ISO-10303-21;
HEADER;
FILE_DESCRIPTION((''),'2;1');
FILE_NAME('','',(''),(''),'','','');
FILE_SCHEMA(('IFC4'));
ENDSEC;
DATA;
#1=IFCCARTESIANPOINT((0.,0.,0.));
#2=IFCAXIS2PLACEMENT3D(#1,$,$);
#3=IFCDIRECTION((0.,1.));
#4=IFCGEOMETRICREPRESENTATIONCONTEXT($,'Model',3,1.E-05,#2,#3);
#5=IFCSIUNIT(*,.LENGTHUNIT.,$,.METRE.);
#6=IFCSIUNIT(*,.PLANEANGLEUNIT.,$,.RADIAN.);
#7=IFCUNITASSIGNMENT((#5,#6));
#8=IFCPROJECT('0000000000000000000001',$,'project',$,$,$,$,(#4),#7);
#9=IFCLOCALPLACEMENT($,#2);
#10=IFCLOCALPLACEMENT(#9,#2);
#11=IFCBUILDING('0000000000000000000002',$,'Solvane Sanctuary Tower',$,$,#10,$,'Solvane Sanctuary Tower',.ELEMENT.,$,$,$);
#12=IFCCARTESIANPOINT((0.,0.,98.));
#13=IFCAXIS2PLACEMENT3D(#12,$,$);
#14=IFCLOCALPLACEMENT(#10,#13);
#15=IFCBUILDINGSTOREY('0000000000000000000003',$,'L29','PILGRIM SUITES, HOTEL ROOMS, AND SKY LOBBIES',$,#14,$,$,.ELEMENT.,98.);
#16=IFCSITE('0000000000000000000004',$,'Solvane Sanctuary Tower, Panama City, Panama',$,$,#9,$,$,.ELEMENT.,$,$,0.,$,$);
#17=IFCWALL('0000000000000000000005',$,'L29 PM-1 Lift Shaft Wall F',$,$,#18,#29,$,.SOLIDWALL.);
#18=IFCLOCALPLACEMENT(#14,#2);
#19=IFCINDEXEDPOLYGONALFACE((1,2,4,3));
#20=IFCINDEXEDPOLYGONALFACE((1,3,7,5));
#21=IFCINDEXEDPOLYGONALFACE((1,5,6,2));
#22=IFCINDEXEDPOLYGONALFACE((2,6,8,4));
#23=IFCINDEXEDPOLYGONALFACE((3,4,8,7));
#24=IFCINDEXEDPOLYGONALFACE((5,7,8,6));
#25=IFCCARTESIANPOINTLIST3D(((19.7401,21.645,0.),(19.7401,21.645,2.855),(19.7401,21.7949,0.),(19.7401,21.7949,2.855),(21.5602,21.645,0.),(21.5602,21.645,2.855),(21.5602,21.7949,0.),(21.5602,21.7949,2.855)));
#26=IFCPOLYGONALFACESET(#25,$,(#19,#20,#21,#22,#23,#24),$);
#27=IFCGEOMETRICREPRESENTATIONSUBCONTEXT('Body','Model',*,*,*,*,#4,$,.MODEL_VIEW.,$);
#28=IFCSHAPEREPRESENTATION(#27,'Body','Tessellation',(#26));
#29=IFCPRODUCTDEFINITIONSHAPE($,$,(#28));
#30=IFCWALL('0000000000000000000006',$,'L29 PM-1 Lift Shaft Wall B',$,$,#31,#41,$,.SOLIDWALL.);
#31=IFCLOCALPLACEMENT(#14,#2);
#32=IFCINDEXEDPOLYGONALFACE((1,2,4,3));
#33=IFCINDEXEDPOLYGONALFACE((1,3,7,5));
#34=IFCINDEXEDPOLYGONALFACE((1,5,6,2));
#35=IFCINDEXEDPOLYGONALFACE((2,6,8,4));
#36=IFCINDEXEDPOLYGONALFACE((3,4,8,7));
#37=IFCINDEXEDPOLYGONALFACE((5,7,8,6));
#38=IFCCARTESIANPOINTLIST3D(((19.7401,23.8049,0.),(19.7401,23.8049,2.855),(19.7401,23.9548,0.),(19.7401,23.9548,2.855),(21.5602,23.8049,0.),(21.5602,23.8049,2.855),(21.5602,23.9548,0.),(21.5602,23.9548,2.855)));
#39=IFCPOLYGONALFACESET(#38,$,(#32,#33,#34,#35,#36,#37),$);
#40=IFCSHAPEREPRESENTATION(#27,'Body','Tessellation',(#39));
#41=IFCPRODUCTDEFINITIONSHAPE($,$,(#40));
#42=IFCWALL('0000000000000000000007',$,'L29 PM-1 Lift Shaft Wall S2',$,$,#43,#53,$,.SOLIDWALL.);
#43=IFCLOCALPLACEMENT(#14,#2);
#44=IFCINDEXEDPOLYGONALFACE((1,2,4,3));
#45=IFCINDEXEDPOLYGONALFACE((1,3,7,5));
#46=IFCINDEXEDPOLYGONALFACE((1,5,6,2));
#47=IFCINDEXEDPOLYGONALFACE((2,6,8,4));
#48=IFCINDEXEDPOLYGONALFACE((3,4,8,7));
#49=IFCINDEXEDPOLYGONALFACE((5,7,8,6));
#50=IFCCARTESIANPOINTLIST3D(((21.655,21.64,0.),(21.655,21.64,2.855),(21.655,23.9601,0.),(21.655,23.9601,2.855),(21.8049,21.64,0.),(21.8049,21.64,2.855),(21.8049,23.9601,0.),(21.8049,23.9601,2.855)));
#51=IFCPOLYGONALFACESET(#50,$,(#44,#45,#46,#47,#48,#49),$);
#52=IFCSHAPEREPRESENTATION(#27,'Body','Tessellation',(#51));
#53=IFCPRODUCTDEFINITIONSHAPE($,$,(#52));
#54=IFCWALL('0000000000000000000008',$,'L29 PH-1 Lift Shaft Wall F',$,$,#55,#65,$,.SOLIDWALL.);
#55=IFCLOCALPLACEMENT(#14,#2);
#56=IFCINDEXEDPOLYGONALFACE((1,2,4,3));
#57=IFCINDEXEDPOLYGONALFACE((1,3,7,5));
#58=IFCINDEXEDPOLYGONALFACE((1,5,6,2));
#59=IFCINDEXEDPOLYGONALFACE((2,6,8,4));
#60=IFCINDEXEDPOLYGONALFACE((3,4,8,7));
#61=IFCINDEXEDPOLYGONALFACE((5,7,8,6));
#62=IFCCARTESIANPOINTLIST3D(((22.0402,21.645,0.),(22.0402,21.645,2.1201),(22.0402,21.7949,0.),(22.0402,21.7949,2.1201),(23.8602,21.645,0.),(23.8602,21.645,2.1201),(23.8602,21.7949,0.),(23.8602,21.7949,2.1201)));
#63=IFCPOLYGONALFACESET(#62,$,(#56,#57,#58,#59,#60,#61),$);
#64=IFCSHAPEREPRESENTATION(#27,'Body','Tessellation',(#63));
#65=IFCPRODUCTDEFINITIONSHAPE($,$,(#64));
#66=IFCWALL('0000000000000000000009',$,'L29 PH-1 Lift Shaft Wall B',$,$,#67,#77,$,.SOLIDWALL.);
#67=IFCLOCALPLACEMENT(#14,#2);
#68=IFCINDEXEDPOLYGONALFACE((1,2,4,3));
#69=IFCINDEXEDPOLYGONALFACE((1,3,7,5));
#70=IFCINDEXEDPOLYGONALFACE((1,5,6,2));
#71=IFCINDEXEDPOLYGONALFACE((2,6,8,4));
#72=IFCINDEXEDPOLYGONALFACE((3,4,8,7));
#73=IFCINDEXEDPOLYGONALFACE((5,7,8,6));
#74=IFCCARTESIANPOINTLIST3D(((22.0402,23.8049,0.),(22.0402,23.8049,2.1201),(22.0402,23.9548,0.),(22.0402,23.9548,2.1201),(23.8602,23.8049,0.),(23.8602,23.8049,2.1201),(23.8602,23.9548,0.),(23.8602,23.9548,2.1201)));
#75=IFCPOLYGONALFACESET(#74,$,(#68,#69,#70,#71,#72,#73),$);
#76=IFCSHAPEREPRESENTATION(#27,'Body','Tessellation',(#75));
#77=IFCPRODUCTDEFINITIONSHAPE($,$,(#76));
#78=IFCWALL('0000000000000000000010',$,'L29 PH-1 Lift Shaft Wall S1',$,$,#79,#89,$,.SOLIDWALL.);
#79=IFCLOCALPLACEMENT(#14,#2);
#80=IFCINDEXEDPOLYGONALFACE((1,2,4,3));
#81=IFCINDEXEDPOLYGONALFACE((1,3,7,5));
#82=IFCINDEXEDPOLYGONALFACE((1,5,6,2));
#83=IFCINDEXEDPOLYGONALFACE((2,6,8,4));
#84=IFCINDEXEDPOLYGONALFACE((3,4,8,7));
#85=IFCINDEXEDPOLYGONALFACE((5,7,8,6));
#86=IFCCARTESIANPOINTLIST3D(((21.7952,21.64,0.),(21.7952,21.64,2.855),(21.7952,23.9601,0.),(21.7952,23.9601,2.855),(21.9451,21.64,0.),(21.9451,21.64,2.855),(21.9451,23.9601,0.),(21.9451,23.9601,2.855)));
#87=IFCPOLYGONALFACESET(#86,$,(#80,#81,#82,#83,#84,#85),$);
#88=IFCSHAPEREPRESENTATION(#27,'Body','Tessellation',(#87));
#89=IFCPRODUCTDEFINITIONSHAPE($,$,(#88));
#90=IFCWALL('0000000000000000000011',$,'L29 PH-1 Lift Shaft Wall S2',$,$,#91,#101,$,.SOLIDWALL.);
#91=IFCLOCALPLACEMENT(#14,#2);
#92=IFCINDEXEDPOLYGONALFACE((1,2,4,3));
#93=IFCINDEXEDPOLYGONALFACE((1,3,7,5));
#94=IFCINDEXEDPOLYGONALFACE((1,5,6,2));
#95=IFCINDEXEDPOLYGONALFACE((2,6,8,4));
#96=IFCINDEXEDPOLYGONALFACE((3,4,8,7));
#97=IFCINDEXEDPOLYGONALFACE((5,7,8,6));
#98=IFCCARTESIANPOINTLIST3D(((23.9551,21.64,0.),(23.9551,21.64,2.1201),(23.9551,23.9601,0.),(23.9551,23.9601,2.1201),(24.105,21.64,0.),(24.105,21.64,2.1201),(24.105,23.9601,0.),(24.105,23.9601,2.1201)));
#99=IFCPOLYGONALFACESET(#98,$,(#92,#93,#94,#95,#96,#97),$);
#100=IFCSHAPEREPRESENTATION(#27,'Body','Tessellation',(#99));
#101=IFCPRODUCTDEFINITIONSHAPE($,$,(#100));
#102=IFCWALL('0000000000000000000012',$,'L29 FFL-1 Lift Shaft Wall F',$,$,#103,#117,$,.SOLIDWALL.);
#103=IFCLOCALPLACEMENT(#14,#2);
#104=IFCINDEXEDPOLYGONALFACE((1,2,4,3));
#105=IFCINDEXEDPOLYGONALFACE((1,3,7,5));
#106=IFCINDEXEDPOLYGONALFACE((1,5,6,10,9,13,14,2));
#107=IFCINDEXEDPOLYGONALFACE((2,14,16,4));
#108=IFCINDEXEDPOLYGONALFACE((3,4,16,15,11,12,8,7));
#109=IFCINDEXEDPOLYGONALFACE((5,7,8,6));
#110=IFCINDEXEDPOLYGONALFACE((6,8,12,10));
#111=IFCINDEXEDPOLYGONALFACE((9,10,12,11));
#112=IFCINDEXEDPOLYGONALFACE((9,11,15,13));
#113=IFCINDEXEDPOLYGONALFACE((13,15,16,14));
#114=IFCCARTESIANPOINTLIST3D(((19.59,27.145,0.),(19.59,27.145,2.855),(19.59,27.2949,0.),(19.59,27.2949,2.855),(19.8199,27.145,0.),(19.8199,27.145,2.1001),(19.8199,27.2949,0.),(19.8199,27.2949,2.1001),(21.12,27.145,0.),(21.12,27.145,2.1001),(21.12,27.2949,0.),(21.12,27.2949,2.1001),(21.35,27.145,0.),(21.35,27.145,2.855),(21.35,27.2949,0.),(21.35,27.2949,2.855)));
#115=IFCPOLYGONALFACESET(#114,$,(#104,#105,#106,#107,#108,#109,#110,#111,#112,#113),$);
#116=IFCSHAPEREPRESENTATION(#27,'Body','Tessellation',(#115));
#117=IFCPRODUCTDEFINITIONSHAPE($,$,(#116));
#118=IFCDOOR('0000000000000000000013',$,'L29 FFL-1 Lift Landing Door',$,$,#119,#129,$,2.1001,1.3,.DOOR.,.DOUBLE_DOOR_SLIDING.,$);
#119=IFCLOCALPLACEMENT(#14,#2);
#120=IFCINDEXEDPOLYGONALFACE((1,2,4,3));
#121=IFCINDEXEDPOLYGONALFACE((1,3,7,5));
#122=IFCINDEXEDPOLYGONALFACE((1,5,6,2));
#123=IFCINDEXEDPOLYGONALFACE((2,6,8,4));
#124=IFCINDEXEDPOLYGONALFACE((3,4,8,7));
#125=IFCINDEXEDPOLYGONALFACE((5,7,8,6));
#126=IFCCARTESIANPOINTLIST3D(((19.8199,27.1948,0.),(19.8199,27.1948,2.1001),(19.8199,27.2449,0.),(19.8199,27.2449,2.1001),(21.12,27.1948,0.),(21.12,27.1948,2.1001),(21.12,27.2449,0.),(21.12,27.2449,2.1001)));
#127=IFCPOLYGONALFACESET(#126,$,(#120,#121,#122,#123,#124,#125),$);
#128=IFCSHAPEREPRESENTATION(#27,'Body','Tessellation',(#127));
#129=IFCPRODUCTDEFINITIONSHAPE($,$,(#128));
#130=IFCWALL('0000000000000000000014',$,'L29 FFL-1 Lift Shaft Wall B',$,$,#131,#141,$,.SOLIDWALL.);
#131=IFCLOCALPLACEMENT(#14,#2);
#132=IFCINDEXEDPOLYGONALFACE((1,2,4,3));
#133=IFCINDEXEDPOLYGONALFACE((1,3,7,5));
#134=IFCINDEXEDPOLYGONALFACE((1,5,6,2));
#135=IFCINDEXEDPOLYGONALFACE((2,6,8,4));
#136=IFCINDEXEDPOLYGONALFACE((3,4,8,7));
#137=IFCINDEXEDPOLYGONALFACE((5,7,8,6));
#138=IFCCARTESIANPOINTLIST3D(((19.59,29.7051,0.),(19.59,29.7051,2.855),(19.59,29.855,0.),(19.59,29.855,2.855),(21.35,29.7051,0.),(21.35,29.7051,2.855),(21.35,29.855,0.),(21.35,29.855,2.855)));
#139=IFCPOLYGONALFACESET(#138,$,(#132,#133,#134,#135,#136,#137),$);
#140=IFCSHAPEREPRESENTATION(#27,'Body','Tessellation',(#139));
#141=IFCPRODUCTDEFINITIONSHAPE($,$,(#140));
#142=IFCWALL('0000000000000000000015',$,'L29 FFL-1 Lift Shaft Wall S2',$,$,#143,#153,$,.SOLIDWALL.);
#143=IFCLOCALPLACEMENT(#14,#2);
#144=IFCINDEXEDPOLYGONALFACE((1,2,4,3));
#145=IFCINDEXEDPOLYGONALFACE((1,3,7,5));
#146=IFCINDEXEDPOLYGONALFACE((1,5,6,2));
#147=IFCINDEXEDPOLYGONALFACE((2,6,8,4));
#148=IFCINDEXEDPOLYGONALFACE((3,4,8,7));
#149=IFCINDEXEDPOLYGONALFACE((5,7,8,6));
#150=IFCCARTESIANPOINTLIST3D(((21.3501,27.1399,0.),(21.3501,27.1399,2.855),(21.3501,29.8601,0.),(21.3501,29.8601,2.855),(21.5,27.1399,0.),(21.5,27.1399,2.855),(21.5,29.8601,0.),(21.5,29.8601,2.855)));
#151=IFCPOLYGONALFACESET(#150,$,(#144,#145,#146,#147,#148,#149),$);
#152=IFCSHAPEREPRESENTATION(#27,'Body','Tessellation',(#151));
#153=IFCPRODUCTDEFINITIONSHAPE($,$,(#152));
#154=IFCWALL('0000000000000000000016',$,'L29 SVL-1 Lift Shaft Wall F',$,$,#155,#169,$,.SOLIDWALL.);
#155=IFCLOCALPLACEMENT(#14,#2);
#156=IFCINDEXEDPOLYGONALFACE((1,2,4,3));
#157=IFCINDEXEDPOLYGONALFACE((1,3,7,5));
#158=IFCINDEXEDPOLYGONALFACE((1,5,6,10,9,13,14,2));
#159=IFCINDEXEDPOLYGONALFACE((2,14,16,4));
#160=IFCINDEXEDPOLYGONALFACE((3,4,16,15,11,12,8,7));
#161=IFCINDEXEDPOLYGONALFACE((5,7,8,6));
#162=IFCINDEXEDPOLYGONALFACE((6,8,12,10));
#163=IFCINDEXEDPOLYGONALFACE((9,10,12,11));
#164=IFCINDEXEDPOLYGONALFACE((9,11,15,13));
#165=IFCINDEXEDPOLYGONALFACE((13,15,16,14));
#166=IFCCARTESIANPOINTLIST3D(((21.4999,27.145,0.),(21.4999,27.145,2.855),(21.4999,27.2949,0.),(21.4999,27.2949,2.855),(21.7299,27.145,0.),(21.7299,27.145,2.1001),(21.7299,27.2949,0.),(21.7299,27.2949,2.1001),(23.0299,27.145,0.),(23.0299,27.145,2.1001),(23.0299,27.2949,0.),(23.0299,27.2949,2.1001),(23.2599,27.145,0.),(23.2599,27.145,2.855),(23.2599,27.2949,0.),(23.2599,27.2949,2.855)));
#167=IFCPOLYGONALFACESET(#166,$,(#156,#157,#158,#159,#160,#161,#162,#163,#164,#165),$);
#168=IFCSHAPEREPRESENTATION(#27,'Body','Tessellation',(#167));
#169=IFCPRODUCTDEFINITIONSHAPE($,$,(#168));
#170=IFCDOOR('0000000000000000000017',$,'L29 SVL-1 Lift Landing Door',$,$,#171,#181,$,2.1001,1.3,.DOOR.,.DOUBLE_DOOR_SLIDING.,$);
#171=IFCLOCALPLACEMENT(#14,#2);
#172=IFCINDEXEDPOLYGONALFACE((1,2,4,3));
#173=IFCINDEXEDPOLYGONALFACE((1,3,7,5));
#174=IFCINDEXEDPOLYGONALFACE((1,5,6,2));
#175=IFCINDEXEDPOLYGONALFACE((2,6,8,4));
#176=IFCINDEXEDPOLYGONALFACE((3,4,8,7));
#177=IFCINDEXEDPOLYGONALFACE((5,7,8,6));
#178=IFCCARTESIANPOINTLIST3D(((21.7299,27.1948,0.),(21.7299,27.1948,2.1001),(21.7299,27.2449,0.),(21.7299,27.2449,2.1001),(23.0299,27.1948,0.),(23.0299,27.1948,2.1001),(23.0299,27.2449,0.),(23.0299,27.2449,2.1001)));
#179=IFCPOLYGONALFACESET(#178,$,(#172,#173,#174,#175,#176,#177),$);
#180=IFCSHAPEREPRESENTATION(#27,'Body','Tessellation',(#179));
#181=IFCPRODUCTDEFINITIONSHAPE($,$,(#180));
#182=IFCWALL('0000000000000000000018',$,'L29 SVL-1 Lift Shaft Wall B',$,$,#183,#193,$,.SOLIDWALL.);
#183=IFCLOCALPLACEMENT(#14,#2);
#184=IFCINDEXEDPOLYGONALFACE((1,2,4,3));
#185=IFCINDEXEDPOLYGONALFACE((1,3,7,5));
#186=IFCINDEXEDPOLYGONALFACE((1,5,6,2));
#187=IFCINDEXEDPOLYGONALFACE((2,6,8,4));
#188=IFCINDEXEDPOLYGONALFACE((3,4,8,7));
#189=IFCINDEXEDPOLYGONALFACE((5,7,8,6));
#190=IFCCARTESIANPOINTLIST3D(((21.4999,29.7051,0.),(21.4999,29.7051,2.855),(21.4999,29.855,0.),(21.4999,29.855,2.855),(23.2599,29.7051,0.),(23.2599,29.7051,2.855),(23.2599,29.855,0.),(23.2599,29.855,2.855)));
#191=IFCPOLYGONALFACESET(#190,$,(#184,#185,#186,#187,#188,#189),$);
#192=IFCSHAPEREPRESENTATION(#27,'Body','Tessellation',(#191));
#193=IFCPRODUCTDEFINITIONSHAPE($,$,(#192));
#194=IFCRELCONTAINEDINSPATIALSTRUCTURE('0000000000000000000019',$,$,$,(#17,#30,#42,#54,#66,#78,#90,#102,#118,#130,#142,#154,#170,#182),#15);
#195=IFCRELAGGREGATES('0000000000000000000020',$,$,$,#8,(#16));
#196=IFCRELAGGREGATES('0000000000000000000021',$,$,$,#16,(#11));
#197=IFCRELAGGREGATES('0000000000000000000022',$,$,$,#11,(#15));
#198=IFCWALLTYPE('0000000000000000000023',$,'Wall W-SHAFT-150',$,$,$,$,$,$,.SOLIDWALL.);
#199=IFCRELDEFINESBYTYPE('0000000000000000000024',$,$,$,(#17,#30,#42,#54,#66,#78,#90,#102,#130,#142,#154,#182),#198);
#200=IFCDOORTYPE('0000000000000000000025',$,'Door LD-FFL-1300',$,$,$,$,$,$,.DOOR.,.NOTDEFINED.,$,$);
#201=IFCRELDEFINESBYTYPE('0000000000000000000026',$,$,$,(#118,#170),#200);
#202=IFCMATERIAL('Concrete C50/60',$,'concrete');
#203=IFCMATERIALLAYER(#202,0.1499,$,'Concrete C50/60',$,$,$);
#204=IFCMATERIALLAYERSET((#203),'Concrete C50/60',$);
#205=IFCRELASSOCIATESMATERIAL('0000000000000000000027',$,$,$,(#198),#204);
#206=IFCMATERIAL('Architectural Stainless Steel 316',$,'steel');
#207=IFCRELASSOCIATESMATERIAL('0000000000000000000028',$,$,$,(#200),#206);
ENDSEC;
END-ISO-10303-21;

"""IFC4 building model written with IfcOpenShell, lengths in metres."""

from ifc_helpers import new_model, si_unit, direction, frame, frame_2d, origin, place, context, subcontext, project, spatial, rectangle, extrude, material, layer, layer_set, type_object, element, fill, save


model = new_model("IFC4")

# Units and contexts
model_context = context("Model", 3, precision=1e-05, world=origin(), true_north=direction((0.0, 1.0)))
body_context = subcontext(model_context, "Body", "Model", "MODEL_VIEW")
ifc_project = project(units=[si_unit("LENGTHUNIT", "METRE"), si_unit("PLANEANGLEUNIT", "RADIAN")], contexts=[model_context])

# Site, building, storey
site_placement = place(None, origin())
site = spatial("IfcSite", under=ifc_project, at=site_placement, Name="Solvane Sanctuary Tower, Panama City, Panama", CompositionType="ELEMENT", RefElevation=0.0)
building_placement = place(site_placement, origin())
building = spatial("IfcBuilding", under=site, at=building_placement, Name="Solvane Sanctuary Tower", LongName="Solvane Sanctuary Tower", CompositionType="ELEMENT")
storey_placement = place(building_placement, frame((0.0, 0.0, 98.0)))
storey = spatial("IfcBuildingStorey", under=building, at=storey_placement, Name="L29", Description="PILGRIM SUITES, HOTEL ROOMS, AND SKY LOBBIES", CompositionType="ELEMENT", Elevation=98.0)

# Shared definitions
ifc_material_1 = material(Name="Architectural Stainless Steel 316", Category="steel")

# Walls
ifc_material_2 = material(Name="Concrete C50/60", Category="concrete")
ifc_layer_1 = layer(ifc_material_2, 0.1499, Name="Concrete C50/60")
ifc_layer_set_1 = layer_set([ifc_layer_1], Name="Concrete C50/60")
wall_type_1 = type_object("IfcWallType", Name="Wall W-SHAFT-150", PredefinedType="SOLIDWALL", material=ifc_layer_set_1)
for number, where, z_axis, x_axis, name in (
    (1, (19.74, 21.72, 0.0), (0.0, 0.0, 1.0), (1.0, 0.0, 0.0), "L29 PM-1 Lift Shaft Wall F"),
    (2, (19.74, 23.8799, 0.0), (0.0, 0.0, 1.0), (1.0, 0.0, 0.0), "L29 PM-1 Lift Shaft Wall B"),
):
    element("IfcWall", number, at=place(storey_placement, frame(where, z_axis=z_axis, x_axis=x_axis)), inside=storey, type_object=wall_type_1, Name=name, PredefinedType="SOLIDWALL", context=body_context, shape_type="SweptSolid", body=[
        extrude(rectangle(XDim=1.8201, YDim=0.1499, at=frame_2d((0.9102, 0.0))), origin(), (0.0, 0.0, 1.0), 2.855),
    ])
wall_1_placement = place(storey_placement, frame((21.73, 21.6399, 0.0), z_axis=(0.0, 0.0, 1.0), x_axis=(0.0, 1.0, 0.0)))
element("IfcWall", 3, at=wall_1_placement, inside=storey, type_object=wall_type_1, Name="L29 PM-1 Lift Shaft Wall S2", PredefinedType="SOLIDWALL", context=body_context, shape_type="SweptSolid", body=[
    extrude(rectangle(XDim=2.3201, YDim=0.1499, at=frame_2d((1.1602, 0.0))), origin(), (0.0, 0.0, 1.0), 2.855),
])
for number, where, z_axis, x_axis, name in (
    (4, (22.04, 21.72, 0.0), (0.0, 0.0, 1.0), (1.0, 0.0, 0.0), "L29 PH-1 Lift Shaft Wall F"),
    (5, (22.04, 23.8799, 0.0), (0.0, 0.0, 1.0), (1.0, 0.0, 0.0), "L29 PH-1 Lift Shaft Wall B"),
):
    element("IfcWall", number, at=place(storey_placement, frame(where, z_axis=z_axis, x_axis=x_axis)), inside=storey, type_object=wall_type_1, Name=name, PredefinedType="SOLIDWALL", context=body_context, shape_type="SweptSolid", body=[
        extrude(rectangle(XDim=1.8201, YDim=0.1499, at=frame_2d((0.9102, 0.0))), origin(), (0.0, 0.0, 1.0), 2.1201),
    ])
wall_2_placement = place(storey_placement, frame((21.8701, 21.6399, 0.0), z_axis=(0.0, 0.0, 1.0), x_axis=(0.0, 1.0, 0.0)))
element("IfcWall", 6, at=wall_2_placement, inside=storey, type_object=wall_type_1, Name="L29 PH-1 Lift Shaft Wall S1", PredefinedType="SOLIDWALL", context=body_context, shape_type="SweptSolid", body=[
    extrude(rectangle(XDim=2.3201, YDim=0.1499, at=frame_2d((1.1602, 0.0))), origin(), (0.0, 0.0, 1.0), 2.855),
])
wall_3_placement = place(storey_placement, frame((24.03, 21.6399, 0.0), z_axis=(0.0, 0.0, 1.0), x_axis=(0.0, 1.0, 0.0)))
element("IfcWall", 7, at=wall_3_placement, inside=storey, type_object=wall_type_1, Name="L29 PH-1 Lift Shaft Wall S2", PredefinedType="SOLIDWALL", context=body_context, shape_type="SweptSolid", body=[
    extrude(rectangle(XDim=2.3201, YDim=0.1499, at=frame_2d((1.1602, 0.0))), origin(), (0.0, 0.0, 1.0), 2.1201),
])

# Wall, opening, door
wall_4_placement = place(storey_placement, frame((19.5901, 27.22, 0.0), z_axis=(0.0, 0.0, 1.0), x_axis=(1.0, 0.0, 0.0)))
wall_4 = element("IfcWall", 8, at=wall_4_placement, inside=storey, type_object=wall_type_1, Name="L29 FFL-1 Lift Shaft Wall F", PredefinedType="SOLIDWALL", context=body_context, shape_type="SweptSolid", body=[
    extrude(rectangle(XDim=1.76, YDim=0.1499, at=frame_2d((0.8799, 0.0))), origin(), (0.0, 0.0, 1.0), 2.855),
])
opening_1_placement = place(wall_4_placement, frame((0.23, 0.0, 0.0)))
opening_1 = element("IfcOpeningElement", 9, at=opening_1_placement, cuts=wall_4, PredefinedType="OPENING", context=body_context, shape_type="SweptSolid", body=[
    extrude(rectangle(XDim=1.3, YDim=2.1001, at=frame_2d((0.6499, 1.05))), frame((0.0, 0.085, 0.0), z_axis=(0.0, -1.0, 0.0), x_axis=(1.0, 0.0, 0.0)), (0.0, 0.0, 1.0), 0.1699),
])
door_type_1 = type_object("IfcDoorType", Name="Door LD-FFL-1300", OperationType="NOTDEFINED", PredefinedType="DOOR", material=ifc_material_1)
door_1_placement = place(opening_1_placement, origin())
door_1 = element("IfcDoor", 10, at=door_1_placement, inside=storey, type_object=door_type_1, Name="L29 FFL-1 Lift Landing Door", OperationType="DOUBLE_DOOR_SLIDING", OverallHeight=2.1001, OverallWidth=1.3, PredefinedType="DOOR", context=body_context, shape_type="SweptSolid", body=[
    extrude(rectangle(XDim=1.3, YDim=2.1001, at=frame_2d((0.6499, 1.05))), frame((0.0, 0.0249, 0.0), z_axis=(0.0, -1.0, 0.0), x_axis=(1.0, 0.0, 0.0)), (0.0, 0.0, 1.0), 0.05),
])
fill(opening_1, door_1)

# Walls
wall_5_placement = place(storey_placement, frame((19.5901, 29.78, 0.0), z_axis=(0.0, 0.0, 1.0), x_axis=(1.0, 0.0, 0.0)))
element("IfcWall", 11, at=wall_5_placement, inside=storey, type_object=wall_type_1, Name="L29 FFL-1 Lift Shaft Wall B", PredefinedType="SOLIDWALL", context=body_context, shape_type="SweptSolid", body=[
    extrude(rectangle(XDim=1.76, YDim=0.1499, at=frame_2d((0.8799, 0.0))), origin(), (0.0, 0.0, 1.0), 2.855),
])
wall_6_placement = place(storey_placement, frame((21.425, 27.1399, 0.0), z_axis=(0.0, 0.0, 1.0), x_axis=(0.0, 1.0, 0.0)))
element("IfcWall", 12, at=wall_6_placement, inside=storey, type_object=wall_type_1, Name="L29 FFL-1 Lift Shaft Wall S2", PredefinedType="SOLIDWALL", context=body_context, shape_type="SweptSolid", body=[
    extrude(rectangle(XDim=2.7202, YDim=0.1499, at=frame_2d((1.3601, 0.0))), origin(), (0.0, 0.0, 1.0), 2.855),
])

# Wall, opening, door
wall_7_placement = place(storey_placement, frame((21.5, 27.22, 0.0), z_axis=(0.0, 0.0, 1.0), x_axis=(1.0, 0.0, 0.0)))
wall_7 = element("IfcWall", 13, at=wall_7_placement, inside=storey, type_object=wall_type_1, Name="L29 SVL-1 Lift Shaft Wall F", PredefinedType="SOLIDWALL", context=body_context, shape_type="SweptSolid", body=[
    extrude(rectangle(XDim=1.76, YDim=0.1499, at=frame_2d((0.8799, 0.0))), origin(), (0.0, 0.0, 1.0), 2.855),
])
opening_2_placement = place(wall_7_placement, frame((0.23, 0.0, 0.0)))
opening_2 = element("IfcOpeningElement", 14, at=opening_2_placement, cuts=wall_7, PredefinedType="OPENING", context=body_context, shape_type="SweptSolid", body=[
    extrude(rectangle(XDim=1.3, YDim=2.1001, at=frame_2d((0.6499, 1.05))), frame((0.0, 0.085, 0.0), z_axis=(0.0, -1.0, 0.0), x_axis=(1.0, 0.0, 0.0)), (0.0, 0.0, 1.0), 0.1699),
])
door_2_placement = place(opening_2_placement, origin())
door_2 = element("IfcDoor", 15, at=door_2_placement, inside=storey, type_object=door_type_1, Name="L29 SVL-1 Lift Landing Door", OperationType="DOUBLE_DOOR_SLIDING", OverallHeight=2.1001, OverallWidth=1.3, PredefinedType="DOOR", context=body_context, shape_type="SweptSolid", body=[
    extrude(rectangle(XDim=1.3, YDim=2.1001, at=frame_2d((0.6499, 1.05))), frame((0.0, 0.0249, 0.0), z_axis=(0.0, -1.0, 0.0), x_axis=(1.0, 0.0, 0.0)), (0.0, 0.0, 1.0), 0.05),
])
fill(opening_2, door_2)

# Wall
wall_8_placement = place(storey_placement, frame((21.5, 29.78, 0.0), z_axis=(0.0, 0.0, 1.0), x_axis=(1.0, 0.0, 0.0)))
element("IfcWall", 16, at=wall_8_placement, inside=storey, type_object=wall_type_1, Name="L29 SVL-1 Lift Shaft Wall B", PredefinedType="SOLIDWALL", context=body_context, shape_type="SweptSolid", body=[
    extrude(rectangle(XDim=1.76, YDim=0.1499, at=frame_2d((0.8799, 0.0))), origin(), (0.0, 0.0, 1.0), 2.855),
])

save(model, "model.ifc")
